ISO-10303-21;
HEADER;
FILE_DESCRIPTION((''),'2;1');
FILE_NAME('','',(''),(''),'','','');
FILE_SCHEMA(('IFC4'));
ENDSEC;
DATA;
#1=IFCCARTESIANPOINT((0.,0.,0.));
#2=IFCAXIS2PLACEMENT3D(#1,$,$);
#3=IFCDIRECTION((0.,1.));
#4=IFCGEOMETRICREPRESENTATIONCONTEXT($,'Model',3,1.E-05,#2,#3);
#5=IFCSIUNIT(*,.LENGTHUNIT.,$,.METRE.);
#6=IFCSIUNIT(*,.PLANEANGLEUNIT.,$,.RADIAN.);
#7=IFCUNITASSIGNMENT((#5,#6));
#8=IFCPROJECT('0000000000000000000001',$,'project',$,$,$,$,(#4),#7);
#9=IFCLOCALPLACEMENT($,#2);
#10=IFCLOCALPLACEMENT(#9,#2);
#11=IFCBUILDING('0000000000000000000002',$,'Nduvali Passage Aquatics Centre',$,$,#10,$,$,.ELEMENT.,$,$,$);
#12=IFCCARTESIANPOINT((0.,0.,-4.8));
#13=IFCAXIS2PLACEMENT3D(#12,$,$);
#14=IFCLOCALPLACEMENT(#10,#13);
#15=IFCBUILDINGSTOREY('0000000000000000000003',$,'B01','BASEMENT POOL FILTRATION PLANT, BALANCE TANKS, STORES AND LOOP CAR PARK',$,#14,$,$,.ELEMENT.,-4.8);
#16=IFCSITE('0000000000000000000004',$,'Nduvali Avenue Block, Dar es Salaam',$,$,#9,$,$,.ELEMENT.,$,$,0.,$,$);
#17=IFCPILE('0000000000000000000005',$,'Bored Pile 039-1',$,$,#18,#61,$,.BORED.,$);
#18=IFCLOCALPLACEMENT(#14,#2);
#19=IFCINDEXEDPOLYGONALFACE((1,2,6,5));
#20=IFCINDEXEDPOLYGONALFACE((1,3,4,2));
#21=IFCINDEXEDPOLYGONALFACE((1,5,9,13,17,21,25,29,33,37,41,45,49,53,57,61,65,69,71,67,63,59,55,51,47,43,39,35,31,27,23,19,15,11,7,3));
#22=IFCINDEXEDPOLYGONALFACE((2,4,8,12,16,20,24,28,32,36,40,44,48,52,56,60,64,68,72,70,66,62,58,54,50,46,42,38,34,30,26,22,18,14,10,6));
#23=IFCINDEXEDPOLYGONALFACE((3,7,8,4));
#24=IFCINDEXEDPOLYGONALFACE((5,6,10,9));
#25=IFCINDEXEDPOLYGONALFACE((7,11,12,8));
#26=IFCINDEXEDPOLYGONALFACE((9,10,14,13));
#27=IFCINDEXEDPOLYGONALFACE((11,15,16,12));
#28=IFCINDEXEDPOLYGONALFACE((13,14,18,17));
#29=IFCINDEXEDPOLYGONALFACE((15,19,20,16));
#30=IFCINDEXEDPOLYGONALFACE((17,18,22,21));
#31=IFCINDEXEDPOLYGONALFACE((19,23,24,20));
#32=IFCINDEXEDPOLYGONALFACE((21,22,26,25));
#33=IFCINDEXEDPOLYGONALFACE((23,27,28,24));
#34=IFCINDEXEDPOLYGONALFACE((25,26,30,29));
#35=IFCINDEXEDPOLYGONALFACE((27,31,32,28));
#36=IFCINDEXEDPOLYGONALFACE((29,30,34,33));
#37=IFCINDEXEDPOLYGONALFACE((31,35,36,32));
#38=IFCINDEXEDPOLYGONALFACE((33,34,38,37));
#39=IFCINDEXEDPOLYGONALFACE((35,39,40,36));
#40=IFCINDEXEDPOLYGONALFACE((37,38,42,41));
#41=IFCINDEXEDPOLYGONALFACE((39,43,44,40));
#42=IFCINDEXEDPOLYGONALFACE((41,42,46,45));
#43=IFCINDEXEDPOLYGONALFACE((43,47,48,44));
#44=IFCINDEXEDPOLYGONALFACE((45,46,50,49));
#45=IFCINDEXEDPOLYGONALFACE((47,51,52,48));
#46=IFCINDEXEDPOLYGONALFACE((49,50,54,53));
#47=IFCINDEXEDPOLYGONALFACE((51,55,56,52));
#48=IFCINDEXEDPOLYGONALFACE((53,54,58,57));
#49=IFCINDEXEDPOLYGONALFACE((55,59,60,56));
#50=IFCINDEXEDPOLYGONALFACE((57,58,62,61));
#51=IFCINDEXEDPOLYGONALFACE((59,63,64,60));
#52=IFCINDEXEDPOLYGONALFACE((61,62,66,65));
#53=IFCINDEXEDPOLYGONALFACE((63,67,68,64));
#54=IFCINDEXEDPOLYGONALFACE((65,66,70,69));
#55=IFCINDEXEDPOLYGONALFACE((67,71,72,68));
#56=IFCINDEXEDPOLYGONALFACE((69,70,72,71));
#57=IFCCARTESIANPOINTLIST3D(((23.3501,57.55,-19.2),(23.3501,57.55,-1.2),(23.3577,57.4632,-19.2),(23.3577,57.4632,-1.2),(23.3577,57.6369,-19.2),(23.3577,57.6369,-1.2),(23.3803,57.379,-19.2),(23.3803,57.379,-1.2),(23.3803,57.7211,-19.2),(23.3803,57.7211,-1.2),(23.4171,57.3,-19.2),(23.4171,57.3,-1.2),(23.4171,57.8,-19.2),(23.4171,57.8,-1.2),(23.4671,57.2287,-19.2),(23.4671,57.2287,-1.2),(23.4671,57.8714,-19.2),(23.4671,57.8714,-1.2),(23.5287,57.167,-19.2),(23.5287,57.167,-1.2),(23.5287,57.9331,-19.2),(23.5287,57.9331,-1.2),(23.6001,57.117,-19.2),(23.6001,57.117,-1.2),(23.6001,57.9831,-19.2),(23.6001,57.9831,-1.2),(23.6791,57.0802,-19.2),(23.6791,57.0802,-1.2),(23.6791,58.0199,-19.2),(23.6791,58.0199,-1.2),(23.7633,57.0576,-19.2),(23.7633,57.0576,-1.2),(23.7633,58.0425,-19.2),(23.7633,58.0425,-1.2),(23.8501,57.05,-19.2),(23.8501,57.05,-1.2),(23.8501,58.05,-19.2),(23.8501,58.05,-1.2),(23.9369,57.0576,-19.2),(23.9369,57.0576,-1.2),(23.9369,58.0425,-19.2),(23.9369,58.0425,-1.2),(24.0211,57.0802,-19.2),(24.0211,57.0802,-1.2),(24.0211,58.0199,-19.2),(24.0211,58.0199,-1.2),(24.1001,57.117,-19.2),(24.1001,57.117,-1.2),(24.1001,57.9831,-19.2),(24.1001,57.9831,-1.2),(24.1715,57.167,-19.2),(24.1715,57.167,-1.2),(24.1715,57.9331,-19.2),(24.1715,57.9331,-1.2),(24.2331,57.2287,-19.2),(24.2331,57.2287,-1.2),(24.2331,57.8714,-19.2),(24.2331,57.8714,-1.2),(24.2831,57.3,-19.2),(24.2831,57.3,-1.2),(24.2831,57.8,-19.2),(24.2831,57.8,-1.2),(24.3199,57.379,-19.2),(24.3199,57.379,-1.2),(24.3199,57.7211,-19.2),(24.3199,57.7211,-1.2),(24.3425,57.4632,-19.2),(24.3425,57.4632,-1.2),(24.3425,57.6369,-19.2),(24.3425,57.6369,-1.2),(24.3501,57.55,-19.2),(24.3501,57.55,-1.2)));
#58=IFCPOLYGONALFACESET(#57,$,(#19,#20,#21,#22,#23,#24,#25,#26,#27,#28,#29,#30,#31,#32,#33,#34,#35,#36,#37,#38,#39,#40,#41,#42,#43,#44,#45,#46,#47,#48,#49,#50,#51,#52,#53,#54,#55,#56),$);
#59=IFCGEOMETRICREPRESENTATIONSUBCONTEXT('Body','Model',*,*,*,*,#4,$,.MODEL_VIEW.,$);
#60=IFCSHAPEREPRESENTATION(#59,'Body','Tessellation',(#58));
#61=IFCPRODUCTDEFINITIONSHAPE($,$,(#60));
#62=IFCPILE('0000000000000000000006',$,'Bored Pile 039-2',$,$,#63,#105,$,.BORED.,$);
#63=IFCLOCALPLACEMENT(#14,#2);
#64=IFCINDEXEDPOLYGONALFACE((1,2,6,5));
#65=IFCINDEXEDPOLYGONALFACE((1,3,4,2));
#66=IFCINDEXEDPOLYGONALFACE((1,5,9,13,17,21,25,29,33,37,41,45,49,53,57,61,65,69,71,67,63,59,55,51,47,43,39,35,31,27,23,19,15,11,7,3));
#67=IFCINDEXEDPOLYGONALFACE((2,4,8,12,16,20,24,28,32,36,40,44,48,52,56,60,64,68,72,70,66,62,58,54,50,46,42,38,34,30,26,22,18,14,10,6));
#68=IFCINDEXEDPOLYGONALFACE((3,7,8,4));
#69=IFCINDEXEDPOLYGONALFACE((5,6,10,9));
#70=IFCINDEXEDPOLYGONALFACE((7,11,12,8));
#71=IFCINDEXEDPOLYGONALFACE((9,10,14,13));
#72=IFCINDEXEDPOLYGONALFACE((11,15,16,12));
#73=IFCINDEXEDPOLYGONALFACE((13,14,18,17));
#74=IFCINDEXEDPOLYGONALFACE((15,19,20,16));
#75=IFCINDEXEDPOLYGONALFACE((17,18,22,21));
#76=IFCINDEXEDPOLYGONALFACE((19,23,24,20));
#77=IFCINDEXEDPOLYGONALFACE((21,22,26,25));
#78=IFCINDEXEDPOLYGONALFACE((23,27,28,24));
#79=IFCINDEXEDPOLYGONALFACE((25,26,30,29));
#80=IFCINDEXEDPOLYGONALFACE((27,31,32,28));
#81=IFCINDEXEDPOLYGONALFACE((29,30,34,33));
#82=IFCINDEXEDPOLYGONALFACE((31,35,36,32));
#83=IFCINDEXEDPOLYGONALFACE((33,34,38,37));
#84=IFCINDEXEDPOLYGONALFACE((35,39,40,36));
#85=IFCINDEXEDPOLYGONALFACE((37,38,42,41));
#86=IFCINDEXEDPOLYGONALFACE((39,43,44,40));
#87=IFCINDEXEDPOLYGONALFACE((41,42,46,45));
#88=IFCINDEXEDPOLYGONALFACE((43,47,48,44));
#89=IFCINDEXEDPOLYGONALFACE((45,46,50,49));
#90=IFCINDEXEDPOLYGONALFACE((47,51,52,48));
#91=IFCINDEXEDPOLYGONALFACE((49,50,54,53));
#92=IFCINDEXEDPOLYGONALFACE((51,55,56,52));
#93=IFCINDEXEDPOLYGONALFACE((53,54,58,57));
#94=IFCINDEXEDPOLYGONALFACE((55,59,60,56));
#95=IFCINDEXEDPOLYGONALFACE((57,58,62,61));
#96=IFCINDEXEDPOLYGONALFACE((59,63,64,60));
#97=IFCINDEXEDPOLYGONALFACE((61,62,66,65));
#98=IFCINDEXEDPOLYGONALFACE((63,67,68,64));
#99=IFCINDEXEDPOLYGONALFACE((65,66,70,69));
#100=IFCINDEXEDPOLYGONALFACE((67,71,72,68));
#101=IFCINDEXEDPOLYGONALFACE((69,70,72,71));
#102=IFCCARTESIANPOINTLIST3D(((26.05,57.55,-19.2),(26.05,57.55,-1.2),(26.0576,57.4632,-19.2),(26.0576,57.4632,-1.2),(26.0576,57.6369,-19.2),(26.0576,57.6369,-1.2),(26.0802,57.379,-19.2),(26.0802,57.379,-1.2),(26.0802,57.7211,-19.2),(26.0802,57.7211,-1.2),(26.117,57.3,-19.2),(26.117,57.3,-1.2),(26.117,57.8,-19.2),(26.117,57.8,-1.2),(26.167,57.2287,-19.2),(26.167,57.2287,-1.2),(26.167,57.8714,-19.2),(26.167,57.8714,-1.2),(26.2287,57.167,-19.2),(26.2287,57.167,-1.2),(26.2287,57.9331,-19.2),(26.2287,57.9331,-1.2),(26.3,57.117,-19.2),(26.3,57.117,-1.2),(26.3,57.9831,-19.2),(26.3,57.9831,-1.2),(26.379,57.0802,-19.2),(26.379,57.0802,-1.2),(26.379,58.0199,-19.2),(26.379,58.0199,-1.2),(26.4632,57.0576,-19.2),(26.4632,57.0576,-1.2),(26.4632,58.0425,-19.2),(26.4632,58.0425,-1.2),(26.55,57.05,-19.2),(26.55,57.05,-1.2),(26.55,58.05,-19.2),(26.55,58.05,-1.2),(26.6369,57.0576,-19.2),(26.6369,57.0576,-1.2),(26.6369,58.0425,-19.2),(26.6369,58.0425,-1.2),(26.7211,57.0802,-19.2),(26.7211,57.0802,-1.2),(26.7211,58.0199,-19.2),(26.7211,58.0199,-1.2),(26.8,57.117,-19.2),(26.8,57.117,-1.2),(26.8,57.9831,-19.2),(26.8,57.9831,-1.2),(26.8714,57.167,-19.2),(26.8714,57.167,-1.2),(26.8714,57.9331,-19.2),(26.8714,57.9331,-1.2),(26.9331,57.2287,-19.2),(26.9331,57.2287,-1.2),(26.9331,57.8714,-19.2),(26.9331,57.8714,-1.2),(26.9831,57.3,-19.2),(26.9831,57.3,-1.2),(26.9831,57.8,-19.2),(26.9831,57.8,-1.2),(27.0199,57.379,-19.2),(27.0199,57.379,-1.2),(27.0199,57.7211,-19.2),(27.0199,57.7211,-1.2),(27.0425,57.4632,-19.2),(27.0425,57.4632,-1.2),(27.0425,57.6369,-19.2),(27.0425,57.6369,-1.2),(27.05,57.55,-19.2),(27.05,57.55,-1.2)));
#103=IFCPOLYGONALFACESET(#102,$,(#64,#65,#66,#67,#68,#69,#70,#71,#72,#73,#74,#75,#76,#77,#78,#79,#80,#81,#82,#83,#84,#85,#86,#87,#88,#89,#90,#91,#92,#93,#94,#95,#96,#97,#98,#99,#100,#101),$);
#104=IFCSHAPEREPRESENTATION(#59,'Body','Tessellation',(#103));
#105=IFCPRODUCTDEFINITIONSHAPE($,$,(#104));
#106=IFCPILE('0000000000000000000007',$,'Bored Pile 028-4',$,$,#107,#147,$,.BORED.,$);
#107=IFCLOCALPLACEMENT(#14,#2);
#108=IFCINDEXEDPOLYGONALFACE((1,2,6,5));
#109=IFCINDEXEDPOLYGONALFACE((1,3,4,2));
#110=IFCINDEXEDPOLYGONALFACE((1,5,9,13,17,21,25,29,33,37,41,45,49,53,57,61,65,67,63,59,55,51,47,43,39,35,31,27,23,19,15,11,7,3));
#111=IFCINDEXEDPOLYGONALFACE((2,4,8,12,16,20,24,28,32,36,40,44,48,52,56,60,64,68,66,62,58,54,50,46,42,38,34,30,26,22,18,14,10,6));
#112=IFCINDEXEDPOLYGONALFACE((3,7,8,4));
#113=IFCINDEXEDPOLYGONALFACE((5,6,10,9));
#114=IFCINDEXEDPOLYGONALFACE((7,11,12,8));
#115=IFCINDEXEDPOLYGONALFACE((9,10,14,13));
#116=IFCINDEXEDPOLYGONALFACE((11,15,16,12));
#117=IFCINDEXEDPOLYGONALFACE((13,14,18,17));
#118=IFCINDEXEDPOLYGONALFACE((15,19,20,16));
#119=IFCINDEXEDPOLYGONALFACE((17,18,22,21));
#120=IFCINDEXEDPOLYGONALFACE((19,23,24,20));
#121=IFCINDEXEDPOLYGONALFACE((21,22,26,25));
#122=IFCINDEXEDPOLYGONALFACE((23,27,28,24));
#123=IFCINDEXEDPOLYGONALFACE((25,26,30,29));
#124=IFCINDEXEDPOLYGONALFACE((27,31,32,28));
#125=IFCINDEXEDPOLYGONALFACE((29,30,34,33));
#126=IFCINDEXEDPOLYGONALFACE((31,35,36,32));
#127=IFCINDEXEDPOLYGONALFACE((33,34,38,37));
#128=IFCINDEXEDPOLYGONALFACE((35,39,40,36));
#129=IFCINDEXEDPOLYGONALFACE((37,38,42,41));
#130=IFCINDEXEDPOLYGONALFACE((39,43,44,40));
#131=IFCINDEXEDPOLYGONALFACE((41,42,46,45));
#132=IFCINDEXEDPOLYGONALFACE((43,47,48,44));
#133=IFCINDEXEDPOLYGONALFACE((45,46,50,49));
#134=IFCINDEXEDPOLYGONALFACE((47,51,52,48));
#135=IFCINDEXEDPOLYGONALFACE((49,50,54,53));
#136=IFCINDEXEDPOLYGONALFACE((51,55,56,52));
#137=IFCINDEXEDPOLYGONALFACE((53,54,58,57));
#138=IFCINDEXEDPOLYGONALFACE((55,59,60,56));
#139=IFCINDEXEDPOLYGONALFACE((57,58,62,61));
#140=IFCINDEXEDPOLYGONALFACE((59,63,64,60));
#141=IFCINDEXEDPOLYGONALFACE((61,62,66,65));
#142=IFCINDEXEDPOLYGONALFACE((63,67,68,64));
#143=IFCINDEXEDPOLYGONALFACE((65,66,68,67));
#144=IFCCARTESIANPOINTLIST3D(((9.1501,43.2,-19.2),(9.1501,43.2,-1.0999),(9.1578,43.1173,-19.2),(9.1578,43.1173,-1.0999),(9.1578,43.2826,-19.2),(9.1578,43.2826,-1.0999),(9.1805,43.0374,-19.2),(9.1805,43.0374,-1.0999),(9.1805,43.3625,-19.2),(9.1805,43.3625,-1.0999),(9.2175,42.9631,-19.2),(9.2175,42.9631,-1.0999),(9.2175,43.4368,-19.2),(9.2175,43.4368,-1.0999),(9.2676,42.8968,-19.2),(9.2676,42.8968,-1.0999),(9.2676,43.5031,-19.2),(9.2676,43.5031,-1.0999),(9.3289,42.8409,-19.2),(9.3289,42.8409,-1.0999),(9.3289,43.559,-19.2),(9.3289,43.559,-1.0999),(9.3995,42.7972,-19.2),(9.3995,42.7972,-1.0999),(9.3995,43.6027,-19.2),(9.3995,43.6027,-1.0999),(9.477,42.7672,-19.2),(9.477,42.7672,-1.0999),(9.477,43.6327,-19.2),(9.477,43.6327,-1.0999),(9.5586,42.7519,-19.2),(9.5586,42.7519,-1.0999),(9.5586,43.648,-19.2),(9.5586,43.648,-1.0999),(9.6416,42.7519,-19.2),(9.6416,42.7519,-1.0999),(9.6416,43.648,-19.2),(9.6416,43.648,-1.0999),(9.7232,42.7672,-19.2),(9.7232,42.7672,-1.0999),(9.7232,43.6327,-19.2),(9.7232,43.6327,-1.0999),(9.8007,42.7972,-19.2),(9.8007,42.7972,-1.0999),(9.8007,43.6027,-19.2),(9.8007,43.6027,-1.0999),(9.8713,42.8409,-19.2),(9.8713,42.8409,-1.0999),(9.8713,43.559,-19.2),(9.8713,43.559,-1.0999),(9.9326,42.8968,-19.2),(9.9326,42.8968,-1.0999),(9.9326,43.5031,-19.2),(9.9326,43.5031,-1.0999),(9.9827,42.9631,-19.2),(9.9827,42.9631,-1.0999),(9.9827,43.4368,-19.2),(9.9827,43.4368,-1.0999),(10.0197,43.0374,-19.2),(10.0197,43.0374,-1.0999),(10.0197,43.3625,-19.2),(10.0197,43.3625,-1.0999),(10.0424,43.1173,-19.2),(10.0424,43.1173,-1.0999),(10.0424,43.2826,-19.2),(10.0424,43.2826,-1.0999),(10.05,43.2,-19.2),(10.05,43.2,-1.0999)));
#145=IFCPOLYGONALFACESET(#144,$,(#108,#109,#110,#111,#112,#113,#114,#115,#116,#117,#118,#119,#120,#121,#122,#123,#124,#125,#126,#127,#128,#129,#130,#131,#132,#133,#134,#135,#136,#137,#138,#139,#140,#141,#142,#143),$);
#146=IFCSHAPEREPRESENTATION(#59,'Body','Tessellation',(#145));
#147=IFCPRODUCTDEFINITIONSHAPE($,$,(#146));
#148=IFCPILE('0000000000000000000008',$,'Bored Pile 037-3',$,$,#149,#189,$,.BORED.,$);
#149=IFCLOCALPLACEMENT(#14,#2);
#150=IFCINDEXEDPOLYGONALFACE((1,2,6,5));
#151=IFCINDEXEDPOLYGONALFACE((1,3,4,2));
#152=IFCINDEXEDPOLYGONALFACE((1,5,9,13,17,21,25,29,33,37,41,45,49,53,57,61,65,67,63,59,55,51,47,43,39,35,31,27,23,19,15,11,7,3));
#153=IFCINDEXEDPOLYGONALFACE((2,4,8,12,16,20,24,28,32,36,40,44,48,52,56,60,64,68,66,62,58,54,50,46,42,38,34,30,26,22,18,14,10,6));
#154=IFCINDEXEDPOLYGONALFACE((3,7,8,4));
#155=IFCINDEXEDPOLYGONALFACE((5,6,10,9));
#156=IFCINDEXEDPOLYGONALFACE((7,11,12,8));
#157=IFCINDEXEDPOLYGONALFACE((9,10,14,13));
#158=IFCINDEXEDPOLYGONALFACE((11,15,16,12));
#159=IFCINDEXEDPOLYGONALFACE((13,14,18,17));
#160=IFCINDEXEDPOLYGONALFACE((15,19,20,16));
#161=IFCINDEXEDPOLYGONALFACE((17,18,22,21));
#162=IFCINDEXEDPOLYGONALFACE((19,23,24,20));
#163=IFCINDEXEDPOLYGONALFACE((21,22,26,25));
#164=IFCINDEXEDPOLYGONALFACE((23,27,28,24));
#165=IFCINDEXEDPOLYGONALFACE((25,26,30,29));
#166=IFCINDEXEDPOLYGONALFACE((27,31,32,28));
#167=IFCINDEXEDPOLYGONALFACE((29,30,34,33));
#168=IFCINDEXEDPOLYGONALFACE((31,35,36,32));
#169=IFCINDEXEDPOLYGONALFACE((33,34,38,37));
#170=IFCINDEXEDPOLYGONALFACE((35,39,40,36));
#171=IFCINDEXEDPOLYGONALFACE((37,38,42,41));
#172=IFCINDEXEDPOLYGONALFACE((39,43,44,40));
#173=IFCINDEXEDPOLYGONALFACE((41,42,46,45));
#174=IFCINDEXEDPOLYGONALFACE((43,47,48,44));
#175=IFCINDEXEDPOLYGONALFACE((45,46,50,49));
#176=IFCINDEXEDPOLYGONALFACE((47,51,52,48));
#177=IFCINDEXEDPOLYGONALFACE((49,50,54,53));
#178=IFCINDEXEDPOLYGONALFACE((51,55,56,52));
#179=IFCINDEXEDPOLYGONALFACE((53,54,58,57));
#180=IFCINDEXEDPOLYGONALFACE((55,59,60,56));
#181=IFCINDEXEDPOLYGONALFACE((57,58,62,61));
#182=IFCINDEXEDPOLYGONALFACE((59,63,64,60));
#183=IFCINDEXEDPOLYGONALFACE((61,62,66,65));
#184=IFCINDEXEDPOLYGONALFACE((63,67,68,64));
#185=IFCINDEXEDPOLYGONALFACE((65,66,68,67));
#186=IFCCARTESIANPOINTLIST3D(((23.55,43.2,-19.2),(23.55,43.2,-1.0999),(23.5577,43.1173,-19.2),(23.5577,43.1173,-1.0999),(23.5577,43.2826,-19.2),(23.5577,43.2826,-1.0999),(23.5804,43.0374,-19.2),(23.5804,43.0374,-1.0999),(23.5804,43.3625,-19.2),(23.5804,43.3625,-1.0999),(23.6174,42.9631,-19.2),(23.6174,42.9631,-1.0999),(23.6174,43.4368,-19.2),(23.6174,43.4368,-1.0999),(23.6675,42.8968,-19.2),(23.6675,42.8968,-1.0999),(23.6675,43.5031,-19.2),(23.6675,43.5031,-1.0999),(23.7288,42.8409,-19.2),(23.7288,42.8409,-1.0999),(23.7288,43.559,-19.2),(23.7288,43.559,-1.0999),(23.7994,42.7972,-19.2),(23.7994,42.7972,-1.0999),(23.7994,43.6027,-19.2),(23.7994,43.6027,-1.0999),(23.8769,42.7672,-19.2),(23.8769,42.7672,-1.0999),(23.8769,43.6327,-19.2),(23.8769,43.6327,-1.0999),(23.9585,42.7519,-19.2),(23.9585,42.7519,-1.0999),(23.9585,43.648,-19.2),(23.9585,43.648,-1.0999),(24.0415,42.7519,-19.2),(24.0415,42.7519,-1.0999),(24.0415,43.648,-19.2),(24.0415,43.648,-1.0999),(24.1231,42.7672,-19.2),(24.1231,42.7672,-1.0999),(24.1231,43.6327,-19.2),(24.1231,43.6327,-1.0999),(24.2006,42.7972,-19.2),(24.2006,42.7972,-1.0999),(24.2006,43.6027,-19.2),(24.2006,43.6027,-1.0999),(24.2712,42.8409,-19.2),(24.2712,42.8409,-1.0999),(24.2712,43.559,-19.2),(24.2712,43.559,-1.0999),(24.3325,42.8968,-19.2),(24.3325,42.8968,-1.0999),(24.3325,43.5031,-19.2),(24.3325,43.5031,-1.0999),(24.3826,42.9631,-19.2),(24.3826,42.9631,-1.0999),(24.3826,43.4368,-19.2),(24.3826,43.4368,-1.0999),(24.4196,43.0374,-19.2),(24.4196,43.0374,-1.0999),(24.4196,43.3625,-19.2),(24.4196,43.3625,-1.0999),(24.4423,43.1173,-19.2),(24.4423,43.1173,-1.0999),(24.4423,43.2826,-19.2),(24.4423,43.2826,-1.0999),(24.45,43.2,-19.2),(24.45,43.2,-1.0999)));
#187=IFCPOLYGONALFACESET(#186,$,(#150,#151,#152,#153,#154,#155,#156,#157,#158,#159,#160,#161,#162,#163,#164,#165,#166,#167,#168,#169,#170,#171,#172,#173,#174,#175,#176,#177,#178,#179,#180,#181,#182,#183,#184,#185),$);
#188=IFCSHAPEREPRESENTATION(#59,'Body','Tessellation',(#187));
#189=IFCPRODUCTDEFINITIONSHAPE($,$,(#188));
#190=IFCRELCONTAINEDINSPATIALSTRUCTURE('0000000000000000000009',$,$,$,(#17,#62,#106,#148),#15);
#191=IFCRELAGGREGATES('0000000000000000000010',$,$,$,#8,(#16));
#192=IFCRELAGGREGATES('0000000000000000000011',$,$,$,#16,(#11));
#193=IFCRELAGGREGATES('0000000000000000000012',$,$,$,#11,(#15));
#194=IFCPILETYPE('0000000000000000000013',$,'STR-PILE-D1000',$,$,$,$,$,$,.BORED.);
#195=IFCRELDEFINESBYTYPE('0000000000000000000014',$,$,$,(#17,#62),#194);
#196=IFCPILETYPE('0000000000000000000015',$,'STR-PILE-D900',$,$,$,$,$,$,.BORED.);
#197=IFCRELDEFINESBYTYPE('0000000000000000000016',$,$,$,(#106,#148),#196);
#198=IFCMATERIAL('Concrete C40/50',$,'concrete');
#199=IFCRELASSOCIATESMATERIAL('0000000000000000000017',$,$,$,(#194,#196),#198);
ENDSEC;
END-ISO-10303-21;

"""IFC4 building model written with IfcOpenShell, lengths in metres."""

from ifc_helpers import new_model, si_unit, direction, frame, origin, origin_2d, place, context, subcontext, project, spatial, circle, extrude, material, material_profile, profile_set, type_object, element, save


model = new_model("IFC4")

# Units and contexts
model_context = context("Model", 3, precision=1e-05, world=origin(), true_north=direction((0.0, 1.0)))
body_context = subcontext(model_context, "Body", "Model", "MODEL_VIEW")
ifc_project = project(units=[si_unit("LENGTHUNIT", "METRE"), si_unit("PLANEANGLEUNIT", "RADIAN")], contexts=[model_context])

# Site, building, storey
site_placement = place(None, origin())
site = spatial("IfcSite", under=ifc_project, at=site_placement, Name="Nduvali Avenue Block, Dar es Salaam", CompositionType="ELEMENT", RefElevation=0.0)
building_placement = place(site_placement, origin())
building = spatial("IfcBuilding", under=site, at=building_placement, Name="Nduvali Passage Aquatics Centre", CompositionType="ELEMENT")
storey_placement = place(building_placement, frame((0.0, 0.0, -4.8)))
storey = spatial("IfcBuildingStorey", under=building, at=storey_placement, Name="B01", Description="BASEMENT POOL FILTRATION PLANT, BALANCE TANKS, STORES AND LOOP CAR PARK", CompositionType="ELEMENT", Elevation=-4.8)

# Shared definitions
ifc_material_1 = material(Name="Concrete C40/50", Category="concrete")

# Piles
ifc_material_profile_1 = material_profile(ifc_material_1, circle(Radius=0.5, at=origin_2d()), Name="PILE D1000")
ifc_profile_set_1 = profile_set([ifc_material_profile_1], Name="Concrete C40/50")
pile_type_1 = type_object("IfcPileType", Name="STR-PILE-D1000", PredefinedType="BORED", material=ifc_profile_set_1)
for number, where, z_axis, x_axis, name in (
    (1, (23.8501, 57.55, -1.2), (0.0, 0.0, -1.0), (1.0, 0.0, 0.0), "Bored Pile 039-1"),
    (2, (26.55, 57.55, -1.2), (0.0, 0.0, -1.0), (1.0, 0.0, 0.0), "Bored Pile 039-2"),
):
    element("IfcPile", number, at=place(storey_placement, frame(where, z_axis=z_axis, x_axis=x_axis)), inside=storey, type_object=pile_type_1, Name=name, PredefinedType="BORED", context=body_context, shape_type="SweptSolid", body=[
        extrude(circle(Radius=0.5, at=origin_2d()), origin(), (0.0, 0.0, 1.0), 18.0),
    ])
ifc_material_profile_2 = material_profile(ifc_material_1, circle(Radius=0.45, at=origin_2d()), Name="PILE D900")
ifc_profile_set_2 = profile_set([ifc_material_profile_2], Name="Concrete C40/50")
pile_type_2 = type_object("IfcPileType", Name="STR-PILE-D900", PredefinedType="BORED", material=ifc_profile_set_2)
for number, where, z_axis, x_axis, name in (
    (3, (9.6001, 43.2, -1.0999), (0.0, 0.0, -1.0), (1.0, 0.0, 0.0), "Bored Pile 028-4"),
    (4, (24.0, 43.2, -1.0999), (0.0, 0.0, -1.0), (1.0, 0.0, 0.0), "Bored Pile 037-3"),
):
    element("IfcPile", number, at=place(storey_placement, frame(where, z_axis=z_axis, x_axis=x_axis)), inside=storey, type_object=pile_type_2, Name=name, PredefinedType="BORED", context=body_context, shape_type="SweptSolid", body=[
        extrude(circle(Radius=0.45, at=origin_2d()), origin(), (0.0, 0.0, 1.0), 18.1001),
    ])

save(model, "model.ifc")
